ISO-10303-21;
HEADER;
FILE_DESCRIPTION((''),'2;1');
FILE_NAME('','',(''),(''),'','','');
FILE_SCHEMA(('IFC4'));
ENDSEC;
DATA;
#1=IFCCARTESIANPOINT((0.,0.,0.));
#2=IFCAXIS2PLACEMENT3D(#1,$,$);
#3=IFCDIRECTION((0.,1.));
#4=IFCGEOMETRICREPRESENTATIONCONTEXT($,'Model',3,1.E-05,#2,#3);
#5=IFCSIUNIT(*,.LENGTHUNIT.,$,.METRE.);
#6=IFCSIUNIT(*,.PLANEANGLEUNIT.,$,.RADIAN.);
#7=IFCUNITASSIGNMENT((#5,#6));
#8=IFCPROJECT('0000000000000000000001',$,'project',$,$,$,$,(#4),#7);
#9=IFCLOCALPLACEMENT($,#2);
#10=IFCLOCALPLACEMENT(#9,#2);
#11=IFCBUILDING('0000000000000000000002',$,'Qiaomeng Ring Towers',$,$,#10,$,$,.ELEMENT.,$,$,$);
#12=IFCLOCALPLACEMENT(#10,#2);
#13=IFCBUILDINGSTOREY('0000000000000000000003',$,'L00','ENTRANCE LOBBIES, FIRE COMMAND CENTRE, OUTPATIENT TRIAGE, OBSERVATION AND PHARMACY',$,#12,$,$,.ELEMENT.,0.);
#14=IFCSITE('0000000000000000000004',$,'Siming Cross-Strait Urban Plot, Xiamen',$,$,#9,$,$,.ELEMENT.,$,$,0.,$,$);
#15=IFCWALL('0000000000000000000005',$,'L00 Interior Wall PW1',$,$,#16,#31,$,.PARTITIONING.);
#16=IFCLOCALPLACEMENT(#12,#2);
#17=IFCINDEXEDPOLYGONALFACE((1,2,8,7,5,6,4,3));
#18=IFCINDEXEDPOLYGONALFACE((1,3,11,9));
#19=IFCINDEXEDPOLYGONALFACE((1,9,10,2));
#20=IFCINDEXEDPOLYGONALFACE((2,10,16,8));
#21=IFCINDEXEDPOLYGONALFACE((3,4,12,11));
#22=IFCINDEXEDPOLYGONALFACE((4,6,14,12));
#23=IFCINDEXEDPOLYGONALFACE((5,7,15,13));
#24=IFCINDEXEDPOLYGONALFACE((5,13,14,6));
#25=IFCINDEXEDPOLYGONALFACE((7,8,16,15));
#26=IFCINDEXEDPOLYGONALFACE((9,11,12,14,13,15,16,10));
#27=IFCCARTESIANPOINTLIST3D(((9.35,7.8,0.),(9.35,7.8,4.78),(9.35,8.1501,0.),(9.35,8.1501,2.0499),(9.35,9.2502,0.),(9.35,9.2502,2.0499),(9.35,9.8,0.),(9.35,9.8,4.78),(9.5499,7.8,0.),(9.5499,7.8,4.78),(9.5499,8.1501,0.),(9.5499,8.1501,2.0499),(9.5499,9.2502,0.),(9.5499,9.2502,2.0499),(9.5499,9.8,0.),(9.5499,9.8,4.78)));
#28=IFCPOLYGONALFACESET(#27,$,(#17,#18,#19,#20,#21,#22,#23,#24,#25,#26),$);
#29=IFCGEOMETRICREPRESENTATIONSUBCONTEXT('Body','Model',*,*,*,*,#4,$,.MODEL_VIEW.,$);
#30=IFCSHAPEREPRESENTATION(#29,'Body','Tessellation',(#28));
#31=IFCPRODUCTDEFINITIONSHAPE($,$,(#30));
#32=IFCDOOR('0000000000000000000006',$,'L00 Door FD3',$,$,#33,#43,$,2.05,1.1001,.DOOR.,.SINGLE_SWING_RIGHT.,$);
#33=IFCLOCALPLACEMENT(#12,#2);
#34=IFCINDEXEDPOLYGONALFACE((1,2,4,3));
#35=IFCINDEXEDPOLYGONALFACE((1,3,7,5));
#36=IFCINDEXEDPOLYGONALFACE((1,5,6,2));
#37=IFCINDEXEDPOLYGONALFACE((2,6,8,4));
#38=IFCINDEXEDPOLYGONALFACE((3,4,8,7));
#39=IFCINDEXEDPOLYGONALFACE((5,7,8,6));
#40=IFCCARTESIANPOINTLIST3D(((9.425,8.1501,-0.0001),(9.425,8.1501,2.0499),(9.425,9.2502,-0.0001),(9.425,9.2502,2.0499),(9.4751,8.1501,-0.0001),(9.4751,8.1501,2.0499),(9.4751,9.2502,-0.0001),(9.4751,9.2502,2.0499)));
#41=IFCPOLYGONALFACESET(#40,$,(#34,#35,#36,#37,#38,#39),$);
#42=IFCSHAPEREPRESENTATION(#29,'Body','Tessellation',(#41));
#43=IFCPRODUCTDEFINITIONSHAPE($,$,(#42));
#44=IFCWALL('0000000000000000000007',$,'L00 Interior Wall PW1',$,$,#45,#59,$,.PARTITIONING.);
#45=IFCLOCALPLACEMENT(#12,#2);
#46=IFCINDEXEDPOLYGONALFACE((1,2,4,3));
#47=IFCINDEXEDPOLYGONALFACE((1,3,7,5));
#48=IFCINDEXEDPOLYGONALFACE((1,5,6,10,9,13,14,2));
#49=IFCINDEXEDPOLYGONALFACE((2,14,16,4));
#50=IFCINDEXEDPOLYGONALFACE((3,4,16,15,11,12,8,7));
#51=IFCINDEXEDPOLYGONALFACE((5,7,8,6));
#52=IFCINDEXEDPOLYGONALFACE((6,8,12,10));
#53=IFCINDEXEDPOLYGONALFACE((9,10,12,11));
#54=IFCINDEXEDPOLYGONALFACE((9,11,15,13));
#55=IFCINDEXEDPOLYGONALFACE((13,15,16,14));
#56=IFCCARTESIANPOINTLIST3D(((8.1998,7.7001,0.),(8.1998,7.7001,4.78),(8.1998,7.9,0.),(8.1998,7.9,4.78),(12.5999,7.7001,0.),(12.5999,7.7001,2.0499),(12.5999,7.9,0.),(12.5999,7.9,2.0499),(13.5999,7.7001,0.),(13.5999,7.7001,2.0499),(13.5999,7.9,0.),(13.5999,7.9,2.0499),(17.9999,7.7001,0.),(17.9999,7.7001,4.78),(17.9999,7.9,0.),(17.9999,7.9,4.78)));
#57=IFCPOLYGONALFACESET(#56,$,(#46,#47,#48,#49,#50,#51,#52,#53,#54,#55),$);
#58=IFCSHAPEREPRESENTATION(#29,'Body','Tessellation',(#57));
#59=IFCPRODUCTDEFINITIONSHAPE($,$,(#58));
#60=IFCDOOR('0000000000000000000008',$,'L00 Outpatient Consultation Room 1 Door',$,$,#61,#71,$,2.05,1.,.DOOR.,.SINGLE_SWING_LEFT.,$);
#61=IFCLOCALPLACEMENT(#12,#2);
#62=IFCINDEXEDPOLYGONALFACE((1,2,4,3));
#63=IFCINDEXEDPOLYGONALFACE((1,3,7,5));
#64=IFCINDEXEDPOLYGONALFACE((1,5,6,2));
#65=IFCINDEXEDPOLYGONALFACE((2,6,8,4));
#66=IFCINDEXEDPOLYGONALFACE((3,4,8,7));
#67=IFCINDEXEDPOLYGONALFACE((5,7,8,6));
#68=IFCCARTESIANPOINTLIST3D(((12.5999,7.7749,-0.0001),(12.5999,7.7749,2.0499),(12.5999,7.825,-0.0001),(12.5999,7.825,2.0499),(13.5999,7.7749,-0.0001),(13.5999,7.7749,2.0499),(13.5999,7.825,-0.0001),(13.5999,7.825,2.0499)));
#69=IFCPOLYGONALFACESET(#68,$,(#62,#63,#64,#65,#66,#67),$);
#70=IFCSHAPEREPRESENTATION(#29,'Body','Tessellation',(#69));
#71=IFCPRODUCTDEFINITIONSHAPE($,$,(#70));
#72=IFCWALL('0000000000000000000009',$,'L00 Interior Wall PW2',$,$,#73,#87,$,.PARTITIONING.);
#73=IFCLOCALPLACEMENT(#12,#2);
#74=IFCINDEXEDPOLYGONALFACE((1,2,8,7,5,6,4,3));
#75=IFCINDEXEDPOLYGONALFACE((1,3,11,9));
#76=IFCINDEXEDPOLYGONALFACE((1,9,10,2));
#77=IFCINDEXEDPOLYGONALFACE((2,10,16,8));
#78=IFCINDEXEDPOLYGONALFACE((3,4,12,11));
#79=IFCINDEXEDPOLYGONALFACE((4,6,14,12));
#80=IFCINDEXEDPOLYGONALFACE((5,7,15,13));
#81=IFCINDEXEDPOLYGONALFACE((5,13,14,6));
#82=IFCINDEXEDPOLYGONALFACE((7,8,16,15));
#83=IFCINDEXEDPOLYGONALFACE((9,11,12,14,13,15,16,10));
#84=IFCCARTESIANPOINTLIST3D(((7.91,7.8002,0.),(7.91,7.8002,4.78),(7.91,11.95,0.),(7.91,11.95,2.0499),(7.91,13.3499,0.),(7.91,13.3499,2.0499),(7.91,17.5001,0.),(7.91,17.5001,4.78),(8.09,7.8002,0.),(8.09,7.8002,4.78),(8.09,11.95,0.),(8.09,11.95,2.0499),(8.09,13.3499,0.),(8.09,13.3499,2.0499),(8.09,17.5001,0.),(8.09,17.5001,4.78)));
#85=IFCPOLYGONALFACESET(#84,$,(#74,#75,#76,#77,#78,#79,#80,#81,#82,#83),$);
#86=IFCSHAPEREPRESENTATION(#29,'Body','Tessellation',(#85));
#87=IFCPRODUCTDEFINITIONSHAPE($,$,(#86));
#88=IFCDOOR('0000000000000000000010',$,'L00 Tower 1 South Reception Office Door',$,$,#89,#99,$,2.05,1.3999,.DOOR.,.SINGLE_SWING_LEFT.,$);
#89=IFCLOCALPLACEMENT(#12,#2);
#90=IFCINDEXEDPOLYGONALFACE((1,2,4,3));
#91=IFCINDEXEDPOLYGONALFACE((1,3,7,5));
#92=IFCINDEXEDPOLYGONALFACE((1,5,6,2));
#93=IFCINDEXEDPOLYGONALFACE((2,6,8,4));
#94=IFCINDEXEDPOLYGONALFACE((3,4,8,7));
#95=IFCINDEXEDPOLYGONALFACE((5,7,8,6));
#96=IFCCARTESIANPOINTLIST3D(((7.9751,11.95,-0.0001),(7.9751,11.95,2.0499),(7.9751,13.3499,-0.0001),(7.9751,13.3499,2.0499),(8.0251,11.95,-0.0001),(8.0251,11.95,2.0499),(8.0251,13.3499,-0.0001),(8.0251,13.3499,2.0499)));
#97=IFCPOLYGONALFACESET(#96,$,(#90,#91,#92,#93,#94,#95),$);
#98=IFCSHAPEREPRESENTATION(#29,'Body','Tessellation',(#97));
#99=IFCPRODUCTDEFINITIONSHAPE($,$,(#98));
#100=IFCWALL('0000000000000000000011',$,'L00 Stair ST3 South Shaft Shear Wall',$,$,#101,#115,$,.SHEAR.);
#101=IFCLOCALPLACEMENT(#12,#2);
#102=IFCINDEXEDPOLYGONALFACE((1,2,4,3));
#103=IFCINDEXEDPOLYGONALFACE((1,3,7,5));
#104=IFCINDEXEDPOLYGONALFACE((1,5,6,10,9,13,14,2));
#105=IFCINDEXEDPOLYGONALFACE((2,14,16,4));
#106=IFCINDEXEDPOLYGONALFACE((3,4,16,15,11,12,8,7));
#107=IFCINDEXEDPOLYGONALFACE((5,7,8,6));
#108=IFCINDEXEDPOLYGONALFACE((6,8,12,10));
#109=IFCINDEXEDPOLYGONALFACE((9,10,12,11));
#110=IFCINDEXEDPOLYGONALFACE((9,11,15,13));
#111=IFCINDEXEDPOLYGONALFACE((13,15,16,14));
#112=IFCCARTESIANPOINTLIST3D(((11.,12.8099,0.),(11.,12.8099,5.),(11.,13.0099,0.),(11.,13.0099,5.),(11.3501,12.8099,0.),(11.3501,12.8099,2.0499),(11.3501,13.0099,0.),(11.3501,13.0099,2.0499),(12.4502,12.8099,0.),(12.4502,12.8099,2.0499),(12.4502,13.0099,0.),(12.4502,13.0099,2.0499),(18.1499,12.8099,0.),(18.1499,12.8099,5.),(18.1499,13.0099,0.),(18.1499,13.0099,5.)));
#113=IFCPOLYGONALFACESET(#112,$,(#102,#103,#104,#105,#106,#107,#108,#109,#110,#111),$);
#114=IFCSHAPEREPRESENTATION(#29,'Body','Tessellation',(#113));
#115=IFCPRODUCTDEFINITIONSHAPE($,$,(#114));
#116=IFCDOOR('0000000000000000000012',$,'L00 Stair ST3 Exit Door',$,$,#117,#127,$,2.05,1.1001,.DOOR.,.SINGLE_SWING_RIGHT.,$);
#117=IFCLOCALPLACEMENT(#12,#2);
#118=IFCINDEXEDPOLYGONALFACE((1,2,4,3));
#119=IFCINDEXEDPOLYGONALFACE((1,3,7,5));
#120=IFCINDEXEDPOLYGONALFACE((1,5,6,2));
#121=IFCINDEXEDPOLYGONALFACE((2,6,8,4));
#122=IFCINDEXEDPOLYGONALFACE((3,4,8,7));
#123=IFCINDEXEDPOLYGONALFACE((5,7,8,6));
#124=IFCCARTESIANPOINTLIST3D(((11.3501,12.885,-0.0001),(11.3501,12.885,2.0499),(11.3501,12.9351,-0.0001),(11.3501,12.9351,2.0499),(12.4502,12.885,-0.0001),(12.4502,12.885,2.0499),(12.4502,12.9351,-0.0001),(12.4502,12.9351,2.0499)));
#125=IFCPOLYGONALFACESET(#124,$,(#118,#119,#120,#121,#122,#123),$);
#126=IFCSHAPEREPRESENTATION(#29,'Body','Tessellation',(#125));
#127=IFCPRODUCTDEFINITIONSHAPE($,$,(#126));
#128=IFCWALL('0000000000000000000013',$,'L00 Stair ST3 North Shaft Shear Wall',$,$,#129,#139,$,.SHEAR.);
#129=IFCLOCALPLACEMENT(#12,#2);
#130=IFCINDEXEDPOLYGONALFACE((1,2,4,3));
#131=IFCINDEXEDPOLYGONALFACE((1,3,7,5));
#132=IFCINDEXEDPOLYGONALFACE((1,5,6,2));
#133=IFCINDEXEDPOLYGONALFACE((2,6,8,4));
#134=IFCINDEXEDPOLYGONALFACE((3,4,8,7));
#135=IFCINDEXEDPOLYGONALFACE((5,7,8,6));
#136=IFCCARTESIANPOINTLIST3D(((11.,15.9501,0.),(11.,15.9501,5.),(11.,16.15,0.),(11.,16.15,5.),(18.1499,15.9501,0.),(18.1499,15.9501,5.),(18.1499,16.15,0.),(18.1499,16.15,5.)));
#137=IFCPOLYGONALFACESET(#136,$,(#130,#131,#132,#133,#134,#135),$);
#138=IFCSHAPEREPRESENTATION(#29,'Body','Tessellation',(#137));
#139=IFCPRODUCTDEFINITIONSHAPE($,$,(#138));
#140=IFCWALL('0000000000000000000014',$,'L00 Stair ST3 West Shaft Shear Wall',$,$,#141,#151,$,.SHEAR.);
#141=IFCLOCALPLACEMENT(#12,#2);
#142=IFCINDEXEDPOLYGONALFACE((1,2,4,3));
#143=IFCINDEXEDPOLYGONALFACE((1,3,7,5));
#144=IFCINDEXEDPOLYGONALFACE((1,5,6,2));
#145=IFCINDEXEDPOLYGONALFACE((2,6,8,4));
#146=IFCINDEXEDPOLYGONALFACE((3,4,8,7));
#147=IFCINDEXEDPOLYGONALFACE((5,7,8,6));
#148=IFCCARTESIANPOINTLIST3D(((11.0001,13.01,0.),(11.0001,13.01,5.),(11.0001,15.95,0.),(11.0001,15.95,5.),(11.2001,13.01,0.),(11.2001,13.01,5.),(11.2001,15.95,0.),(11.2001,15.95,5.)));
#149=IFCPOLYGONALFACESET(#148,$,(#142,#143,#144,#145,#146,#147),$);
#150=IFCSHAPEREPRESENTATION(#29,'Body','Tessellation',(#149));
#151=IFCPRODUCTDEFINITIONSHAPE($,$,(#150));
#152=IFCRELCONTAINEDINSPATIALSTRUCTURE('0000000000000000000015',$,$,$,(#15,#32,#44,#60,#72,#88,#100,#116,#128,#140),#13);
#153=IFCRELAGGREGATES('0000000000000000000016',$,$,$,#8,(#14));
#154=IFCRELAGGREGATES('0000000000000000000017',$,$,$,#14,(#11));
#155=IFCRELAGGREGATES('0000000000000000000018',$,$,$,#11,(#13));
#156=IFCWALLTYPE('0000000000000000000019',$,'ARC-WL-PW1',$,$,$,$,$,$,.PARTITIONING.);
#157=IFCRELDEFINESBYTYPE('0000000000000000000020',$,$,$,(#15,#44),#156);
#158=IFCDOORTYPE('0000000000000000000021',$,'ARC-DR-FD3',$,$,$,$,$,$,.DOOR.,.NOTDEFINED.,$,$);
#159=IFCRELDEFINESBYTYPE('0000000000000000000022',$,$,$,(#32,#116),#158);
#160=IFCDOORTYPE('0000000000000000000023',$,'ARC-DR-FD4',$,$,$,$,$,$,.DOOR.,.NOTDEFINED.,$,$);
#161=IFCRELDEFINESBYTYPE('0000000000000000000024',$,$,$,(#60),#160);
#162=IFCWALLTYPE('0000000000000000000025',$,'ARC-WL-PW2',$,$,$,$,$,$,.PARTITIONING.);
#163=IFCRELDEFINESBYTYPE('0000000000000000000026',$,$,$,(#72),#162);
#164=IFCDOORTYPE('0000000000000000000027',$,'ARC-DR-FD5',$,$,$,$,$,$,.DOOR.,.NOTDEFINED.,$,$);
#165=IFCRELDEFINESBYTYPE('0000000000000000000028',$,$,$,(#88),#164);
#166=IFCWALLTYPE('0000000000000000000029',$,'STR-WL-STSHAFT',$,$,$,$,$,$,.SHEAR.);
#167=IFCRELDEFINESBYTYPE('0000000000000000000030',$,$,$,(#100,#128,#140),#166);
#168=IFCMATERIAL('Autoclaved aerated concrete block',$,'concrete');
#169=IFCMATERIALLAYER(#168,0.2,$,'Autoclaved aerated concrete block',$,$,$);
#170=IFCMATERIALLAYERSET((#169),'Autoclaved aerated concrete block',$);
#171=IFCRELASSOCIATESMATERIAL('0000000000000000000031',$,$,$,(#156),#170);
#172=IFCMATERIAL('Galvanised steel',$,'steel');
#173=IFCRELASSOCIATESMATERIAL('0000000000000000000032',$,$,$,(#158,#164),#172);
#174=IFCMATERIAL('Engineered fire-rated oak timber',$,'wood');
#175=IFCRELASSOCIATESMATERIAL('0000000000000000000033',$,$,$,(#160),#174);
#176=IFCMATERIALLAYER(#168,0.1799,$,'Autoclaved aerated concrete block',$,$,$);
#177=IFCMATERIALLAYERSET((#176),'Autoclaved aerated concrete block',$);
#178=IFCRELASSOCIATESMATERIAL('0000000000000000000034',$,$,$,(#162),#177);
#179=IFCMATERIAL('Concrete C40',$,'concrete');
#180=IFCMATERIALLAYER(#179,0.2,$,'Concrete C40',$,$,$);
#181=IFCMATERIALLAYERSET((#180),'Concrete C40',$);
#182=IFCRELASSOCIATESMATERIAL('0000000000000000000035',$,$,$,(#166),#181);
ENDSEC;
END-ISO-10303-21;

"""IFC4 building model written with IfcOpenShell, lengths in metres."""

from ifc_helpers import new_model, si_unit, direction, frame, frame_2d, origin, place, context, subcontext, project, spatial, rectangle, extrude, source, transform, mapped, material, layer, layer_set, type_object, element, fill, save


model = new_model("IFC4")

# Units and contexts
model_context = context("Model", 3, precision=1e-05, world=origin(), true_north=direction((0.0, 1.0)))
body_context = subcontext(model_context, "Body", "Model", "MODEL_VIEW")
ifc_project = project(units=[si_unit("LENGTHUNIT", "METRE"), si_unit("PLANEANGLEUNIT", "RADIAN")], contexts=[model_context])

# Site, building, storey
site_placement = place(None, origin())
site = spatial("IfcSite", under=ifc_project, at=site_placement, Name="Siming Cross-Strait Urban Plot, Xiamen", CompositionType="ELEMENT", RefElevation=0.0)
building_placement = place(site_placement, origin())
building = spatial("IfcBuilding", under=site, at=building_placement, Name="Qiaomeng Ring Towers", CompositionType="ELEMENT")
storey_placement = place(building_placement, origin())
storey = spatial("IfcBuildingStorey", under=building, at=storey_placement, Name="L00", Description="ENTRANCE LOBBIES, FIRE COMMAND CENTRE, OUTPATIENT TRIAGE, OBSERVATION AND PHARMACY", CompositionType="ELEMENT", Elevation=0.0)

# Walls, openings, doors
ifc_material_1 = material(Name="Autoclaved aerated concrete block", Category="concrete")
ifc_layer_1 = layer(ifc_material_1, 0.2, Name="Autoclaved aerated concrete block")
ifc_layer_set_1 = layer_set([ifc_layer_1], Name="Autoclaved aerated concrete block")
wall_type_1 = type_object("IfcWallType", Name="ARC-WL-PW1", PredefinedType="PARTITIONING", material=ifc_layer_set_1)
wall_1_placement = place(storey_placement, frame((9.45, 7.8, 0.0), z_axis=(0.0, 0.0, 1.0), x_axis=(0.0, 1.0, 0.0)))
wall_1 = element("IfcWall", 1, at=wall_1_placement, inside=storey, type_object=wall_type_1, Name="L00 Interior Wall PW1", PredefinedType="PARTITIONING", context=body_context, shape_type="SweptSolid", body=[
    extrude(rectangle(XDim=2.0, YDim=0.2, at=frame_2d((1.0, 0.0))), origin(), (0.0, 0.0, 1.0), 4.78),
])
opening_1_placement = place(wall_1_placement, frame((0.3501, 0.0, 0.0)))
opening_1 = element("IfcOpeningElement", 2, at=opening_1_placement, cuts=wall_1, PredefinedType="OPENING", context=body_context, shape_type="SweptSolid", body=[
    extrude(rectangle(XDim=1.1001, YDim=2.05, at=frame_2d((0.55, 1.0249))), frame((0.0, 0.1099, 0.0), z_axis=(0.0, -1.0, 0.0), x_axis=(1.0, 0.0, 0.0)), (0.0, 0.0, 1.0), 0.22),
])
ifc_material_2 = material(Name="Galvanised steel", Category="steel")
door_type_1 = type_object("IfcDoorType", Name="ARC-DR-FD3", OperationType="NOTDEFINED", PredefinedType="DOOR", material=ifc_material_2)
shared_shape_1 = source(origin(), body_context, "Body", "SweptSolid", [
    extrude(rectangle(XDim=1.1001, YDim=2.05, at=frame_2d((0.55, 1.0249))), frame((0.0, 0.0249, 0.0), z_axis=(0.0, -1.0, 0.0), x_axis=(1.0, 0.0, 0.0)), (0.0, 0.0, 1.0), 0.05),
])
door_1_placement = place(opening_1_placement, origin())
door_1 = element("IfcDoor", 3, at=door_1_placement, inside=storey, type_object=door_type_1, Name="L00 Door FD3", OperationType="SINGLE_SWING_RIGHT", OverallHeight=2.05, OverallWidth=1.1001, PredefinedType="DOOR", context=body_context, shape_type="MappedRepresentation", body=[
    mapped(shared_shape_1, transform((0.0, 0.0, 0.0), x_axis=(1.0, 0.0, 0.0), y_axis=(0.0, 1.0, 0.0), z_axis=(0.0, 0.0, 1.0), scale=1.0)),
])
fill(opening_1, door_1)
wall_2_placement = place(storey_placement, frame((8.2, 7.8, 0.0), z_axis=(0.0, 0.0, 1.0), x_axis=(1.0, 0.0, 0.0)))
wall_2 = element("IfcWall", 4, at=wall_2_placement, inside=storey, type_object=wall_type_1, Name="L00 Interior Wall PW1", PredefinedType="PARTITIONING", context=body_context, shape_type="SweptSolid", body=[
    extrude(rectangle(XDim=9.8, YDim=0.2, at=frame_2d((4.8999, 0.0))), origin(), (0.0, 0.0, 1.0), 4.78),
])
opening_2_placement = place(wall_2_placement, frame((4.3999, 0.0, 0.0)))
opening_2 = element("IfcOpeningElement", 5, at=opening_2_placement, cuts=wall_2, PredefinedType="OPENING", context=body_context, shape_type="SweptSolid", body=[
    extrude(rectangle(XDim=1.0, YDim=2.05, at=frame_2d((0.5, 1.0249))), frame((0.0, 0.1099, 0.0), z_axis=(0.0, -1.0, 0.0), x_axis=(1.0, 0.0, 0.0)), (0.0, 0.0, 1.0), 0.22),
])
ifc_material_3 = material(Name="Engineered fire-rated oak timber", Category="wood")
door_type_2 = type_object("IfcDoorType", Name="ARC-DR-FD4", OperationType="NOTDEFINED", PredefinedType="DOOR", material=ifc_material_3)
shared_shape_2 = source(origin(), body_context, "Body", "SweptSolid", [
    extrude(rectangle(XDim=1.0, YDim=2.05, at=frame_2d((0.5, 1.0249))), frame((0.0, 0.0249, 0.0), z_axis=(0.0, -1.0, 0.0), x_axis=(1.0, 0.0, 0.0)), (0.0, 0.0, 1.0), 0.05),
])
door_2_placement = place(opening_2_placement, origin())
door_2 = element("IfcDoor", 6, at=door_2_placement, inside=storey, type_object=door_type_2, Name="L00 Outpatient Consultation Room 1 Door", OperationType="SINGLE_SWING_LEFT", OverallHeight=2.05, OverallWidth=1.0, PredefinedType="DOOR", context=body_context, shape_type="MappedRepresentation", body=[
    mapped(shared_shape_2, transform((0.0, 0.0, 0.0), x_axis=(1.0, 0.0, 0.0), y_axis=(0.0, 1.0, 0.0), z_axis=(0.0, 0.0, 1.0), scale=1.0)),
])
fill(opening_2, door_2)
ifc_layer_2 = layer(ifc_material_1, 0.1799, Name="Autoclaved aerated concrete block")
ifc_layer_set_2 = layer_set([ifc_layer_2], Name="Autoclaved aerated concrete block")
wall_type_2 = type_object("IfcWallType", Name="ARC-WL-PW2", PredefinedType="PARTITIONING", material=ifc_layer_set_2)
wall_3_placement = place(storey_placement, frame((8.0, 7.8, 0.0), z_axis=(0.0, 0.0, 1.0), x_axis=(0.0, 1.0, 0.0)))
wall_3 = element("IfcWall", 7, at=wall_3_placement, inside=storey, type_object=wall_type_2, Name="L00 Interior Wall PW2", PredefinedType="PARTITIONING", context=body_context, shape_type="SweptSolid", body=[
    extrude(rectangle(XDim=9.7, YDim=0.1799, at=frame_2d((4.8501, 0.0))), origin(), (0.0, 0.0, 1.0), 4.78),
])
opening_3_placement = place(wall_3_placement, frame((4.1499, 0.0, 0.0)))
opening_3 = element("IfcOpeningElement", 8, at=opening_3_placement, cuts=wall_3, PredefinedType="OPENING", context=body_context, shape_type="SweptSolid", body=[
    extrude(rectangle(XDim=1.3999, YDim=2.05, at=frame_2d((0.7, 1.0249))), frame((0.0, 0.0999, 0.0), z_axis=(0.0, -1.0, 0.0), x_axis=(1.0, 0.0, 0.0)), (0.0, 0.0, 1.0), 0.2),
])
door_type_3 = type_object("IfcDoorType", Name="ARC-DR-FD5", OperationType="NOTDEFINED", PredefinedType="DOOR", material=ifc_material_2)
shared_shape_3 = source(origin(), body_context, "Body", "SweptSolid", [
    extrude(rectangle(XDim=1.3999, YDim=2.05, at=frame_2d((0.7, 1.0249))), frame((0.0, 0.0249, 0.0), z_axis=(0.0, -1.0, 0.0), x_axis=(1.0, 0.0, 0.0)), (0.0, 0.0, 1.0), 0.05),
])
door_3_placement = place(opening_3_placement, origin())
door_3 = element("IfcDoor", 9, at=door_3_placement, inside=storey, type_object=door_type_3, Name="L00 Tower 1 South Reception Office Door", OperationType="SINGLE_SWING_LEFT", OverallHeight=2.05, OverallWidth=1.3999, PredefinedType="DOOR", context=body_context, shape_type="MappedRepresentation", body=[
    mapped(shared_shape_3, transform((0.0, 0.0, 0.0), x_axis=(1.0, 0.0, 0.0), y_axis=(0.0, 1.0, 0.0), z_axis=(0.0, 0.0, 1.0), scale=1.0)),
])
fill(opening_3, door_3)
ifc_material_4 = material(Name="Concrete C40", Category="concrete")
ifc_layer_3 = layer(ifc_material_4, 0.2, Name="Concrete C40")
ifc_layer_set_3 = layer_set([ifc_layer_3], Name="Concrete C40")
wall_type_3 = type_object("IfcWallType", Name="STR-WL-STSHAFT", PredefinedType="SHEAR", material=ifc_layer_set_3)
wall_4_placement = place(storey_placement, frame((11.0, 12.9099, 0.0), z_axis=(0.0, 0.0, 1.0), x_axis=(1.0, 0.0, 0.0)))
wall_4 = element("IfcWall", 10, at=wall_4_placement, inside=storey, type_object=wall_type_3, Name="L00 Stair ST3 South Shaft Shear Wall", PredefinedType="SHEAR", context=body_context, shape_type="SweptSolid", body=[
    extrude(rectangle(XDim=7.1499, YDim=0.2, at=frame_2d((3.575, 0.0))), origin(), (0.0, 0.0, 1.0), 5.0),
])
opening_4_placement = place(wall_4_placement, frame((0.3501, 0.0, 0.0)))
opening_4 = element("IfcOpeningElement", 11, at=opening_4_placement, cuts=wall_4, PredefinedType="OPENING", context=body_context, shape_type="SweptSolid", body=[
    extrude(rectangle(XDim=1.1001, YDim=2.05, at=frame_2d((0.55, 1.0249))), frame((0.0, 0.1099, 0.0), z_axis=(0.0, -1.0, 0.0), x_axis=(1.0, 0.0, 0.0)), (0.0, 0.0, 1.0), 0.22),
])
door_4_placement = place(opening_4_placement, frame((1.1001, 0.0, 0.0), z_axis=(0.0, 0.0, 1.0), x_axis=(-1.0, 0.0, 0.0)))
door_4 = element("IfcDoor", 12, at=door_4_placement, inside=storey, type_object=door_type_1, Name="L00 Stair ST3 Exit Door", OperationType="SINGLE_SWING_RIGHT", OverallHeight=2.05, OverallWidth=1.1001, PredefinedType="DOOR", context=body_context, shape_type="MappedRepresentation", body=[
    mapped(shared_shape_1, transform((0.0, 0.0, 0.0), x_axis=(1.0, 0.0, 0.0), y_axis=(0.0, 1.0, 0.0), z_axis=(0.0, 0.0, 1.0), scale=1.0)),
])
fill(opening_4, door_4)

# Walls
wall_5_placement = place(storey_placement, frame((11.0, 16.05, 0.0), z_axis=(0.0, 0.0, 1.0), x_axis=(1.0, 0.0, 0.0)))
element("IfcWall", 13, at=wall_5_placement, inside=storey, type_object=wall_type_3, Name="L00 Stair ST3 North Shaft Shear Wall", PredefinedType="SHEAR", context=body_context, shape_type="SweptSolid", body=[
    extrude(rectangle(XDim=7.1499, YDim=0.2, at=frame_2d((3.575, 0.0))), origin(), (0.0, 0.0, 1.0), 5.0),
])
wall_6_placement = place(storey_placement, frame((11.1001, 13.01, 0.0), z_axis=(0.0, 0.0, 1.0), x_axis=(0.0, 1.0, 0.0)))
element("IfcWall", 14, at=wall_6_placement, inside=storey, type_object=wall_type_3, Name="L00 Stair ST3 West Shaft Shear Wall", PredefinedType="SHEAR", context=body_context, shape_type="SweptSolid", body=[
    extrude(rectangle(XDim=2.9399, YDim=0.2, at=frame_2d((1.47, 0.0))), origin(), (0.0, 0.0, 1.0), 5.0),
])

save(model, "model.ifc")
